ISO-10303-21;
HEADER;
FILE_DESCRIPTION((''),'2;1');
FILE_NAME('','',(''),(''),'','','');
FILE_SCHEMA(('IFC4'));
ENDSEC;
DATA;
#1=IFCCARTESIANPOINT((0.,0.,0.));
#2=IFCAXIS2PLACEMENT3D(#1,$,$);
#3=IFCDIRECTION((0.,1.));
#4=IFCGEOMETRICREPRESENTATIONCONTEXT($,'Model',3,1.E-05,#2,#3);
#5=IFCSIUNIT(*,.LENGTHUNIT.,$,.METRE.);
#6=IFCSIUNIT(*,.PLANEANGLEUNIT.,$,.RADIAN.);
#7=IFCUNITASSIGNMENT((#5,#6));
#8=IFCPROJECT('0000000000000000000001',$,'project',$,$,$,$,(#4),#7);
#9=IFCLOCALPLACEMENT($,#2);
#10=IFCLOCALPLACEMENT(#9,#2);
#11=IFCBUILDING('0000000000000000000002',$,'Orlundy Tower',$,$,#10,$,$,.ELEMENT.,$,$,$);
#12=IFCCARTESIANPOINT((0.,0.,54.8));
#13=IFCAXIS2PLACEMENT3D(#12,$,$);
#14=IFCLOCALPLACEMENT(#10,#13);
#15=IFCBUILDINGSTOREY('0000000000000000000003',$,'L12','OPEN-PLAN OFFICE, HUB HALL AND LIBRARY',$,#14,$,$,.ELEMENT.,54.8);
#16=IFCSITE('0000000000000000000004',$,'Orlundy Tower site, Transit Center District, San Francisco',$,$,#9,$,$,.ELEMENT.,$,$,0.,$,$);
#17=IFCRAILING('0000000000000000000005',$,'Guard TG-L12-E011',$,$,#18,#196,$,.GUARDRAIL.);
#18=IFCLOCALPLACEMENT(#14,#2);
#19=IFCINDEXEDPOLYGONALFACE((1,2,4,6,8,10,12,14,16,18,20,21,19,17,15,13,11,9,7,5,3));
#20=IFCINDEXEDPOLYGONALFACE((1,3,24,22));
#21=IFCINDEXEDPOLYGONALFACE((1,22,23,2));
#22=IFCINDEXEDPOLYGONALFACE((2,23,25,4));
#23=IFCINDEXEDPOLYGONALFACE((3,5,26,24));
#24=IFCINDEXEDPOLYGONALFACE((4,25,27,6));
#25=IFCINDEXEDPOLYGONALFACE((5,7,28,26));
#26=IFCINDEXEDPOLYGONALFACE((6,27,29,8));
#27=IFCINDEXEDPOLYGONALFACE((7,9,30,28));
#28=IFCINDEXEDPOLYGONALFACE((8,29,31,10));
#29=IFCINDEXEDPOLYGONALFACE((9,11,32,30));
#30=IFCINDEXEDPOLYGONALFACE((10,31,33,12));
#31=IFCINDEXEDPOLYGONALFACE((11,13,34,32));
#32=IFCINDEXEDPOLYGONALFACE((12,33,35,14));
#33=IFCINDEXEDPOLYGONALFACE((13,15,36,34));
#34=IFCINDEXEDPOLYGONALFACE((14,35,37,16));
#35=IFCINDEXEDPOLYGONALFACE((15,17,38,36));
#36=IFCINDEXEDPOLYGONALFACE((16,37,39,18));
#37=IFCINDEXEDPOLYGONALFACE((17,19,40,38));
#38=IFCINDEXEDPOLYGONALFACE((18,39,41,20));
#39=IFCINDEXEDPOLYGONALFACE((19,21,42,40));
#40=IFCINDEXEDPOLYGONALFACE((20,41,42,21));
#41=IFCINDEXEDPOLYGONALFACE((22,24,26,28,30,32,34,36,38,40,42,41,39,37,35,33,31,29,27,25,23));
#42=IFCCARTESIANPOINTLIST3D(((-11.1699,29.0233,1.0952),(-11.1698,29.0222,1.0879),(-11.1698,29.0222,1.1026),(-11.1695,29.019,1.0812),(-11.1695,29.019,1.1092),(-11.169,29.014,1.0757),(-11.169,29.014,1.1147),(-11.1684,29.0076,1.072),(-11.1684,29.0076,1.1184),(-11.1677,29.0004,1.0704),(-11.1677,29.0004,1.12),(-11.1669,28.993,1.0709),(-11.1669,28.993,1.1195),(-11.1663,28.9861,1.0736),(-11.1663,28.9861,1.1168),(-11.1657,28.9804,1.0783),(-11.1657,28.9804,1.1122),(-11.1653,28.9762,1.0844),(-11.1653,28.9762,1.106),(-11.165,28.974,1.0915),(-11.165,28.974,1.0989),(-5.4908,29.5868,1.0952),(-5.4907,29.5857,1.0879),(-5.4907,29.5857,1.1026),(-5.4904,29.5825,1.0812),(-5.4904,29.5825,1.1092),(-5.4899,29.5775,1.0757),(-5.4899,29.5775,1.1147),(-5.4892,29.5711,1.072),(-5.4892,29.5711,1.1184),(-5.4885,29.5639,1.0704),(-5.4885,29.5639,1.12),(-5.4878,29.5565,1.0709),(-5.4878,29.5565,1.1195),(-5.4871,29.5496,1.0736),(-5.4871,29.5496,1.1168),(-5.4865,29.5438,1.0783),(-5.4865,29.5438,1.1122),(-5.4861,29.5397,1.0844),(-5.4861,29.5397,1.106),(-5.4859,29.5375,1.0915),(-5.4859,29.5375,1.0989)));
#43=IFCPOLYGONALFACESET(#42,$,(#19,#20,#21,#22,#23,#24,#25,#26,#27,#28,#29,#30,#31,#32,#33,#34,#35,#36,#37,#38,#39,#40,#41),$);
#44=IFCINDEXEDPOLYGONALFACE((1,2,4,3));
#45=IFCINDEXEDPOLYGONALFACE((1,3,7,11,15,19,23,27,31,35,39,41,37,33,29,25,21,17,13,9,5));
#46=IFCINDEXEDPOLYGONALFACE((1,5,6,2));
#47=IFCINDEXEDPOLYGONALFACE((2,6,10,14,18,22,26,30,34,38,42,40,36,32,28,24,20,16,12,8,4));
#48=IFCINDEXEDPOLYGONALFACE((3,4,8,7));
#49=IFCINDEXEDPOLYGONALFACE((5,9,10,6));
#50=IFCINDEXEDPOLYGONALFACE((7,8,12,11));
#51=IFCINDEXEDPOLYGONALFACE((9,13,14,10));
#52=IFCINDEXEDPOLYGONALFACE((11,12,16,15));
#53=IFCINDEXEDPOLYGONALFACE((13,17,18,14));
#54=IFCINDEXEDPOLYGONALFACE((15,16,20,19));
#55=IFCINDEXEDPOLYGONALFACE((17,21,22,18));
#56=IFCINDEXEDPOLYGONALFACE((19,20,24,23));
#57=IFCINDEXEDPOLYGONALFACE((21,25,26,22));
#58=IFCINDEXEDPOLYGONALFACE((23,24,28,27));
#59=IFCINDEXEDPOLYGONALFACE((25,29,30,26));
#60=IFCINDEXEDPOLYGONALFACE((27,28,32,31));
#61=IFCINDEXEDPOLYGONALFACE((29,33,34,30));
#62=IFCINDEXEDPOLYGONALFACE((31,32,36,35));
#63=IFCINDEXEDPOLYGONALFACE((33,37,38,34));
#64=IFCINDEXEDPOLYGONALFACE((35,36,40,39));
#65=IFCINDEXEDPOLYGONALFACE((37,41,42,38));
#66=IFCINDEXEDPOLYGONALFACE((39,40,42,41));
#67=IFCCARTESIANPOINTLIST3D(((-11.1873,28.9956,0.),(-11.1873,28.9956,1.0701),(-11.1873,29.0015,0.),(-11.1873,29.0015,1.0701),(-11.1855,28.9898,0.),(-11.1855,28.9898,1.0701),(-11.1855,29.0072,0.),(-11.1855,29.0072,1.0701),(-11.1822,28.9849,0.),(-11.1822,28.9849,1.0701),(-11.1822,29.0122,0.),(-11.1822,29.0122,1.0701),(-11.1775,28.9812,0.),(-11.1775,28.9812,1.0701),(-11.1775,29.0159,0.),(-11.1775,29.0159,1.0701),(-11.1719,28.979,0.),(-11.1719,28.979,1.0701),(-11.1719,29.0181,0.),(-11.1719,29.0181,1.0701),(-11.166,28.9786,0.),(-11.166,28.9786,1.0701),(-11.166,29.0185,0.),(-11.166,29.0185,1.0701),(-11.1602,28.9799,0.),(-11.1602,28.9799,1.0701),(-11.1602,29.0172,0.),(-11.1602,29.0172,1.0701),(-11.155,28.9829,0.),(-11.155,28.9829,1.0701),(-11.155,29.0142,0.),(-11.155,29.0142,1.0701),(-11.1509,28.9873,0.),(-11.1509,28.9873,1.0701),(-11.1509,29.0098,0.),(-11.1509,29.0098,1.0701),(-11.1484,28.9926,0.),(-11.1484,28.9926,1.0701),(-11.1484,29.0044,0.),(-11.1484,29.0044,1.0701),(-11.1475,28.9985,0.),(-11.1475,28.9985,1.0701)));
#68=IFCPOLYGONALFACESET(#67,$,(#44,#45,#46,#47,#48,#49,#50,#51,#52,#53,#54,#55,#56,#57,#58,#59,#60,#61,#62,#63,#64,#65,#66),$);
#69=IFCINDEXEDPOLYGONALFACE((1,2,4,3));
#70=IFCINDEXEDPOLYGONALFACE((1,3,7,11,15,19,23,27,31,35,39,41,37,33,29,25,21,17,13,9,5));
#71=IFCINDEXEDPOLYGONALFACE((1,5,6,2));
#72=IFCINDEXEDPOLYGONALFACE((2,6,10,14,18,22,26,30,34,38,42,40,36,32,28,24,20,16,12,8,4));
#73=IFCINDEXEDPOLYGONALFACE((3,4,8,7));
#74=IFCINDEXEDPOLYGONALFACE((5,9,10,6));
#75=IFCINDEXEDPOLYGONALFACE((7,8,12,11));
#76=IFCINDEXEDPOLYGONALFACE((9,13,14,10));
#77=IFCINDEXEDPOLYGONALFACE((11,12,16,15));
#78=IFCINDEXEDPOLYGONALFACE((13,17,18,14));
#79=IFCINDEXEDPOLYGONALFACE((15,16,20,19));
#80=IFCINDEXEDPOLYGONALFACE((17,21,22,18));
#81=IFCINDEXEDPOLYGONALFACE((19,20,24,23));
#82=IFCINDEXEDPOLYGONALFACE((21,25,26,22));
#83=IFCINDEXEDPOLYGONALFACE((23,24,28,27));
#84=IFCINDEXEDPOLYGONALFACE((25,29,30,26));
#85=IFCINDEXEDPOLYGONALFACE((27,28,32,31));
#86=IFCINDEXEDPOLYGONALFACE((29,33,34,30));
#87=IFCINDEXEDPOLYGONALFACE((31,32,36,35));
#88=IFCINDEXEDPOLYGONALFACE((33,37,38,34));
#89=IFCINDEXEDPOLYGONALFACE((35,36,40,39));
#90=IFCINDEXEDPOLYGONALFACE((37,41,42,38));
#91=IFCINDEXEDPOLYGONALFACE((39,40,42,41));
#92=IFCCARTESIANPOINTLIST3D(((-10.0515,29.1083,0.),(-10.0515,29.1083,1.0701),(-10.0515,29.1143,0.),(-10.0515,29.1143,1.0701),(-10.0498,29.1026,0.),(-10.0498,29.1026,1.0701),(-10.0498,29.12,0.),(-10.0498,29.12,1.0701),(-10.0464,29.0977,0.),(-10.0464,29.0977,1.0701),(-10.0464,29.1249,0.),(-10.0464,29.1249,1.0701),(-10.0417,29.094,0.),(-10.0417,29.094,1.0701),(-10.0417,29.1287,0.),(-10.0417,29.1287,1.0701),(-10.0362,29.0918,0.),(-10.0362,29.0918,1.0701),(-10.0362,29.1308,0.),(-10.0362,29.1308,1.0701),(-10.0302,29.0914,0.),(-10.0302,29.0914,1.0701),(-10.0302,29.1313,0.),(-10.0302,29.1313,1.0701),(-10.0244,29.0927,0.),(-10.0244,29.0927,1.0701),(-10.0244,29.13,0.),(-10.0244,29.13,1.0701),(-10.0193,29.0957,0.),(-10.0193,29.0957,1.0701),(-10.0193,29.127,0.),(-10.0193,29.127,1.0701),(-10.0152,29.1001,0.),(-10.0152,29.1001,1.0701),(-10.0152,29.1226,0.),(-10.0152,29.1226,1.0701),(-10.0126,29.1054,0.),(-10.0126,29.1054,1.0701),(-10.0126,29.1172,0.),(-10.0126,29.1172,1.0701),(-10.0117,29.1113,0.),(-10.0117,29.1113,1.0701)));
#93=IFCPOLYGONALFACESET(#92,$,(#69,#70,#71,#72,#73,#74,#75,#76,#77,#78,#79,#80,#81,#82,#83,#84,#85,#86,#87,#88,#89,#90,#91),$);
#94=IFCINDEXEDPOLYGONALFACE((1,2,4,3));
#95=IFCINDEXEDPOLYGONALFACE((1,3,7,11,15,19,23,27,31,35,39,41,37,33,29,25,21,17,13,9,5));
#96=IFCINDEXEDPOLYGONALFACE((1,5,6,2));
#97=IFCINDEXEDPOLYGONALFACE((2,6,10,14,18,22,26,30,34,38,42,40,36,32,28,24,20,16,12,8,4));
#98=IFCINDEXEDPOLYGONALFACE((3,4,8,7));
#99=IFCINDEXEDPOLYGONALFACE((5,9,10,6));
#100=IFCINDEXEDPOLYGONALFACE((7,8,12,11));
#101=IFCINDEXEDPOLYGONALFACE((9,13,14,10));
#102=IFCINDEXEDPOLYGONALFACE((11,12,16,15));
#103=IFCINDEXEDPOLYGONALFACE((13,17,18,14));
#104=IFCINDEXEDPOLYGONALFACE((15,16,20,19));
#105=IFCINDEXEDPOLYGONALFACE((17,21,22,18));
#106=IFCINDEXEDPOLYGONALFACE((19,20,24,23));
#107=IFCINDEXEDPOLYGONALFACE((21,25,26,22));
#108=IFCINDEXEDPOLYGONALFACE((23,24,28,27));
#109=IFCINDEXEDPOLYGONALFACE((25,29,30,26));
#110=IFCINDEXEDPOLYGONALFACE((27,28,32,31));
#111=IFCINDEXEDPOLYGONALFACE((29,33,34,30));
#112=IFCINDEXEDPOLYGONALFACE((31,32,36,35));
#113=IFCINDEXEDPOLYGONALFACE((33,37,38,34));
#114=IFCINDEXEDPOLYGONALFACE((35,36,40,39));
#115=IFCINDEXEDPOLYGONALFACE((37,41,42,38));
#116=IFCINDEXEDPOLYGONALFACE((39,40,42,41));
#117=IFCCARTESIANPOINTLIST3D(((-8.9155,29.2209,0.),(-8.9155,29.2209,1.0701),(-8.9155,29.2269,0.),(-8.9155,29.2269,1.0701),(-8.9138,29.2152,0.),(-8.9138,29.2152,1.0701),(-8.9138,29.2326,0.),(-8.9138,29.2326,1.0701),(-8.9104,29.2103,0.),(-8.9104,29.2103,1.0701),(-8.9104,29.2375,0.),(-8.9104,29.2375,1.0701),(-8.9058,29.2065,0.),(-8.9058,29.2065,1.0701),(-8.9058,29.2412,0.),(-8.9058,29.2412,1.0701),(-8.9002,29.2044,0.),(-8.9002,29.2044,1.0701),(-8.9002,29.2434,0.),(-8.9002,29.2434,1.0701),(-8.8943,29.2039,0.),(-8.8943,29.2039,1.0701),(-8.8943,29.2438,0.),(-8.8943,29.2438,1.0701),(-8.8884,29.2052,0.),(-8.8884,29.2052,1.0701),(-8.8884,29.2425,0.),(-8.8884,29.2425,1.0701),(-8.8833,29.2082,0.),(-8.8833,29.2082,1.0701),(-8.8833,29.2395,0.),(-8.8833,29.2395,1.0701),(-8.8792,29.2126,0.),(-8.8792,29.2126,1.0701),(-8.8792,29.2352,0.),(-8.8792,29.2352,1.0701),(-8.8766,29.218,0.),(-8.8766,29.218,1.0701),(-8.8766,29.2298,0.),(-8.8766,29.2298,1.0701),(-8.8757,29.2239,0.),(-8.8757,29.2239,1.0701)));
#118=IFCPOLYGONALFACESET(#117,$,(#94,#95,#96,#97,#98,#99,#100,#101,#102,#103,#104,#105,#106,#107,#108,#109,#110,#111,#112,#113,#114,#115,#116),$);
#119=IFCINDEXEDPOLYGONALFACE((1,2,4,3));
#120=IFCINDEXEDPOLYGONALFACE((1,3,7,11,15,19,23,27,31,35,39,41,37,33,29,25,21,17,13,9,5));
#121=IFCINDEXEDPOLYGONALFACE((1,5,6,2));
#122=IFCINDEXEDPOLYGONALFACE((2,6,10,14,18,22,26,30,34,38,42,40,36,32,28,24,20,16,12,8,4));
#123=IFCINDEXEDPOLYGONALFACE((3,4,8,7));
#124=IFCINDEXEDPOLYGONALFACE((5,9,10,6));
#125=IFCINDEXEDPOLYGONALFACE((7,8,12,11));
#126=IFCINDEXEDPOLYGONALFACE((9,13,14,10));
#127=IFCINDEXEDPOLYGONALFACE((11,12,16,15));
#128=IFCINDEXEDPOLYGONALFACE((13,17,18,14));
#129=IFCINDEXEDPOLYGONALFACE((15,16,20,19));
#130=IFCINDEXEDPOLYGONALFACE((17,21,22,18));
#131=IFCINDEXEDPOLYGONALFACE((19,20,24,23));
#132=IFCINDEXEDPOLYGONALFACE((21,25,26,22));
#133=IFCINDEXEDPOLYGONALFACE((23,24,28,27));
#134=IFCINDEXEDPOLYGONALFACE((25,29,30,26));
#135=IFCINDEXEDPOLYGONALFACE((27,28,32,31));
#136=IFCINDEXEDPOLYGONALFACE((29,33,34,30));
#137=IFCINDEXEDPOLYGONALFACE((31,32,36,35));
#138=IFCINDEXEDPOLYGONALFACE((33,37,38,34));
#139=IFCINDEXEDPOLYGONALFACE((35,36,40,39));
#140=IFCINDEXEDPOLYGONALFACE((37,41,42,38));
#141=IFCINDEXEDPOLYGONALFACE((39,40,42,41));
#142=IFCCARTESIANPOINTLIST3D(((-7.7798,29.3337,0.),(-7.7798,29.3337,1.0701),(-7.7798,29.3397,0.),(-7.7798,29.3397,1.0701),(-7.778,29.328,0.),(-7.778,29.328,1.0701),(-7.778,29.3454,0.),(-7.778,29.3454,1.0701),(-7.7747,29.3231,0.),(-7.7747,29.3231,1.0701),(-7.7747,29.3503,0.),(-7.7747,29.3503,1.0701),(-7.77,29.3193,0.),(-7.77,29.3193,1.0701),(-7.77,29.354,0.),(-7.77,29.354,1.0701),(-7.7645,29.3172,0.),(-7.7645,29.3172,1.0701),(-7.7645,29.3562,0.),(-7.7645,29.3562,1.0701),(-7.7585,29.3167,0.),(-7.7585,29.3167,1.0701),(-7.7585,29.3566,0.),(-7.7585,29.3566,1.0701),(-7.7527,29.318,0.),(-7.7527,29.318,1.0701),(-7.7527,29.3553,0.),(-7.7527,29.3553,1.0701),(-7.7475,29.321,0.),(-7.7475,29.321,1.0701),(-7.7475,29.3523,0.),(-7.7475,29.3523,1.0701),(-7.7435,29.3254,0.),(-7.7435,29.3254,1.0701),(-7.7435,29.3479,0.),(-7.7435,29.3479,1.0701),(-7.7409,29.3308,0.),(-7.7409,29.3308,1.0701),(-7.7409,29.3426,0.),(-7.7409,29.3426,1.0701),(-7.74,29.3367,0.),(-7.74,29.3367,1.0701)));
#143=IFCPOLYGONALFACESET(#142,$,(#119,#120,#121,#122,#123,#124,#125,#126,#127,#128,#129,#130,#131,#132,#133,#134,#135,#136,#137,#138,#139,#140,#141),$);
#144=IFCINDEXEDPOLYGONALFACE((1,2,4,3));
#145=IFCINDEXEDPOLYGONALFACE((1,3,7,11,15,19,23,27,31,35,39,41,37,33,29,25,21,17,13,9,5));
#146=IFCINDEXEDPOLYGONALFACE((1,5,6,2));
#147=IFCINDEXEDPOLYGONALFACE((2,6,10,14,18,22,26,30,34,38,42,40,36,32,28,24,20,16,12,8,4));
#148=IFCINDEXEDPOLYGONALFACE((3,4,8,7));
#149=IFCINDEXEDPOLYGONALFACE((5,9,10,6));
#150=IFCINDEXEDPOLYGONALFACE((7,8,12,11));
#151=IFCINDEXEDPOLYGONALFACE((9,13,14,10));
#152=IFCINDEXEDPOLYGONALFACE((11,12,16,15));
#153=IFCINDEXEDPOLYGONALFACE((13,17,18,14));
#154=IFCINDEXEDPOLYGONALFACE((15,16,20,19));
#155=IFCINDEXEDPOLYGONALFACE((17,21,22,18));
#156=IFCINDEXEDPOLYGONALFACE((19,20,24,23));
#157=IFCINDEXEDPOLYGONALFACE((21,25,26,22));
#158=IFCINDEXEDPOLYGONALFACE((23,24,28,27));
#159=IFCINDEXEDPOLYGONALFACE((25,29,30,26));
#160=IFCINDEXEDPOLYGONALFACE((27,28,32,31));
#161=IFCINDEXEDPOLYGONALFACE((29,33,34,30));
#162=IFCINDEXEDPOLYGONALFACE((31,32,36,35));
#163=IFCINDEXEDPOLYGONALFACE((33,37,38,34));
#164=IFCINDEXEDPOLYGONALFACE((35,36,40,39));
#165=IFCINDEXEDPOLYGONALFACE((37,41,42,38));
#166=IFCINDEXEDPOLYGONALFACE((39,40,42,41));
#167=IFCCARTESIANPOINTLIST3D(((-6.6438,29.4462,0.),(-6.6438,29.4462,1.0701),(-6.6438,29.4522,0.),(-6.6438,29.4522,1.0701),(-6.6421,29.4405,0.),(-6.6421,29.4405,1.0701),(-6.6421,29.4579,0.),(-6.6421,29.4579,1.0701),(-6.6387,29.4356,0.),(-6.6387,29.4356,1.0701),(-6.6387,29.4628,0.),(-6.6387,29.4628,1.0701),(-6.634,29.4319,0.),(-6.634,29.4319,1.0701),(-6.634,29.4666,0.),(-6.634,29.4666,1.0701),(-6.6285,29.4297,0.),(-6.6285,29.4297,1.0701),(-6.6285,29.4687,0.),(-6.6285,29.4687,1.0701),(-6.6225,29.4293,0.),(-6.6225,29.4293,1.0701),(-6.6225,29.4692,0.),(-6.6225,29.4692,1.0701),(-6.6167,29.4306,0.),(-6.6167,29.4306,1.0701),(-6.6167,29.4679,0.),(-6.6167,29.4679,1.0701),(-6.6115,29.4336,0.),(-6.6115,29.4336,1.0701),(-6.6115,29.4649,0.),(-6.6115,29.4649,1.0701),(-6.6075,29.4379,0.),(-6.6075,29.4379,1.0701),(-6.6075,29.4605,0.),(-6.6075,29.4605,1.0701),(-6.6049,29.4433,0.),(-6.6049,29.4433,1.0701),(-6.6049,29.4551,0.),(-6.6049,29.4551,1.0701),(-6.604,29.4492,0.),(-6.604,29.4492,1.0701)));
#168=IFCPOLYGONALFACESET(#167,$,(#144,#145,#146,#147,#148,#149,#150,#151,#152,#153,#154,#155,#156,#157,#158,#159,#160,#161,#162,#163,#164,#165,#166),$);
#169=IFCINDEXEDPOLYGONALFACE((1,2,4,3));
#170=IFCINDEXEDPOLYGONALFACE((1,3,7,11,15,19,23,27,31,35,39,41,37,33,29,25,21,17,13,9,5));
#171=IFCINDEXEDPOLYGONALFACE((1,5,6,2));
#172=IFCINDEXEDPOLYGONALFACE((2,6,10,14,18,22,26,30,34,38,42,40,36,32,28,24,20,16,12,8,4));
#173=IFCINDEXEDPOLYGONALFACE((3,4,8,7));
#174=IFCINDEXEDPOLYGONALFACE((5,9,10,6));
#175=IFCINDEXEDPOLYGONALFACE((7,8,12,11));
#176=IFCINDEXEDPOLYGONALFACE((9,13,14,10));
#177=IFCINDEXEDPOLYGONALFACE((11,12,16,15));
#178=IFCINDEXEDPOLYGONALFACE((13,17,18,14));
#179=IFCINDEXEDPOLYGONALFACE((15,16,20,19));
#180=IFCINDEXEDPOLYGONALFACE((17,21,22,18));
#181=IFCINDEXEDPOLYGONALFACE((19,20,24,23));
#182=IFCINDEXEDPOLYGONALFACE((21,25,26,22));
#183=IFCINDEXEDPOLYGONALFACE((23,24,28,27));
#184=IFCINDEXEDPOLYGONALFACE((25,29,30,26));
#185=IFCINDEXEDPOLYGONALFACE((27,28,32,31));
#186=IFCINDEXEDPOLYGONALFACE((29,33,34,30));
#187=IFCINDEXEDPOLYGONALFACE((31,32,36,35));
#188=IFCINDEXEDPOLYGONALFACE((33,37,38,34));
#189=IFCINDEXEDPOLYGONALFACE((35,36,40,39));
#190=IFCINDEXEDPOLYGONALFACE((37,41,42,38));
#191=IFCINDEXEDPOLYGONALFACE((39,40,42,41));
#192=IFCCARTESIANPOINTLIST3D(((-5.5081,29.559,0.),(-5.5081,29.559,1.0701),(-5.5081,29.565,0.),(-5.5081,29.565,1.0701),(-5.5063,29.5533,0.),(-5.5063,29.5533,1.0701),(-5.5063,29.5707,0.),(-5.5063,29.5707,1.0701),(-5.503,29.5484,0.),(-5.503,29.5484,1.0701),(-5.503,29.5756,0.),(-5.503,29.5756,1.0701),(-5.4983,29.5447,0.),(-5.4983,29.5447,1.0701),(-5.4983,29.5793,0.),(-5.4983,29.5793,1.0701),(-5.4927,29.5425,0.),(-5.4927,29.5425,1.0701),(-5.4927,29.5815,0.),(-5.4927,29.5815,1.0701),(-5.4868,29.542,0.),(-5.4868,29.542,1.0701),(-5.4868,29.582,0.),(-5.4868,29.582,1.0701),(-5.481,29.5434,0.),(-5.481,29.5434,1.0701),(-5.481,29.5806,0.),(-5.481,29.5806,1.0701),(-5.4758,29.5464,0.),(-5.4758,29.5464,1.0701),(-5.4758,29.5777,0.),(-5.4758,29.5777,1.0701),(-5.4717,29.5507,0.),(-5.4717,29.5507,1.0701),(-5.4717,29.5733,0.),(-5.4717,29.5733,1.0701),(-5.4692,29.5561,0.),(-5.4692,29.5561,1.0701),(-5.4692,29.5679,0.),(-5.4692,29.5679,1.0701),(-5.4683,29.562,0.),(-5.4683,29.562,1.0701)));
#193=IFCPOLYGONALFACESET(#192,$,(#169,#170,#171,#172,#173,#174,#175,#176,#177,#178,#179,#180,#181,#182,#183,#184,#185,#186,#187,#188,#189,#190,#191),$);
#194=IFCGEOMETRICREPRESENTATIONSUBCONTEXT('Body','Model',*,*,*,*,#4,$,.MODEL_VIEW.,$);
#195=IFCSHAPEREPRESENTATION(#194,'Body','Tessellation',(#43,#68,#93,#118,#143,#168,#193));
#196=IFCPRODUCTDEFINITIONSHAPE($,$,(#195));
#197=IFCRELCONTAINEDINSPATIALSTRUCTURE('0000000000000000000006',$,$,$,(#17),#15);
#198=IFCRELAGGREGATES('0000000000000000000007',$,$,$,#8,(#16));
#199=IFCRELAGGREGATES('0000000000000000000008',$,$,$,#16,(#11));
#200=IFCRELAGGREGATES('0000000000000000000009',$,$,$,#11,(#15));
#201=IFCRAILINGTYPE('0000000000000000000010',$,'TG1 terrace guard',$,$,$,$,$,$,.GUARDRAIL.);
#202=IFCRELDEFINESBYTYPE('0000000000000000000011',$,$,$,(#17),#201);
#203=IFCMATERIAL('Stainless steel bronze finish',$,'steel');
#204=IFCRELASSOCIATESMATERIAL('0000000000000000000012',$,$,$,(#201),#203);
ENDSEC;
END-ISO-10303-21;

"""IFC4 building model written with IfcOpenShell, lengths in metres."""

from ifc_helpers import new_model, si_unit, direction, frame, origin, origin_2d, place, context, subcontext, project, spatial, circle, extrude, material, type_object, element, save


model = new_model("IFC4")

# Units and contexts
model_context = context("Model", 3, precision=1e-05, world=origin(), true_north=direction((0.0, 1.0)))
body_context = subcontext(model_context, "Body", "Model", "MODEL_VIEW")
ifc_project = project(units=[si_unit("LENGTHUNIT", "METRE"), si_unit("PLANEANGLEUNIT", "RADIAN")], contexts=[model_context])

# Site, building, storey
site_placement = place(None, origin())
site = spatial("IfcSite", under=ifc_project, at=site_placement, Name="Orlundy Tower site, Transit Center District, San Francisco", CompositionType="ELEMENT", RefElevation=0.0)
building_placement = place(site_placement, origin())
building = spatial("IfcBuilding", under=site, at=building_placement, Name="Orlundy Tower", CompositionType="ELEMENT")
storey_placement = place(building_placement, frame((0.0, 0.0, 54.8)))
storey = spatial("IfcBuildingStorey", under=building, at=storey_placement, Name="L12", Description="OPEN-PLAN OFFICE, HUB HALL AND LIBRARY", CompositionType="ELEMENT", Elevation=54.8)

# Railing
ifc_material_1 = material(Name="Stainless steel bronze finish", Category="steel")
railing_type = type_object("IfcRailingType", Name="TG1 terrace guard", PredefinedType="GUARDRAIL", material=ifc_material_1)
railing_1_placement = place(storey_placement, frame((-11.1675, 28.9985, 0.0)))
element("IfcRailing", 1, at=railing_1_placement, inside=storey, type_object=railing_type, Name="Guard TG-L12-E011", PredefinedType="GUARDRAIL", context=body_context, shape_type="SweptSolid", body=[
    extrude(circle(Radius=0.0249, at=origin_2d()), frame((0.0, 0.0, 1.0952), z_axis=(0.995114, 0.098733, 0.0), x_axis=(-0.098733, 0.995114, 0.0)), (0.0, 0.0, 1.0), 5.707),
    extrude(circle(Radius=0.02, at=origin_2d()), origin(), (0.0, 0.0, 1.0), 1.0701),
    extrude(circle(Radius=0.02, at=origin_2d()), frame((1.1357, 0.1128, 0.0)), (0.0, 0.0, 1.0), 1.0701),
    extrude(circle(Radius=0.02, at=origin_2d()), frame((2.2717, 0.2253, 0.0)), (0.0, 0.0, 1.0), 1.0701),
    extrude(circle(Radius=0.02, at=origin_2d()), frame((3.4075, 0.3381, 0.0)), (0.0, 0.0, 1.0), 1.0701),
    extrude(circle(Radius=0.02, at=origin_2d()), frame((4.5435, 0.4507, 0.0)), (0.0, 0.0, 1.0), 1.0701),
    extrude(circle(Radius=0.02, at=origin_2d()), frame((5.6792, 0.5635, 0.0)), (0.0, 0.0, 1.0), 1.0701),
])

save(model, "model.ifc")
